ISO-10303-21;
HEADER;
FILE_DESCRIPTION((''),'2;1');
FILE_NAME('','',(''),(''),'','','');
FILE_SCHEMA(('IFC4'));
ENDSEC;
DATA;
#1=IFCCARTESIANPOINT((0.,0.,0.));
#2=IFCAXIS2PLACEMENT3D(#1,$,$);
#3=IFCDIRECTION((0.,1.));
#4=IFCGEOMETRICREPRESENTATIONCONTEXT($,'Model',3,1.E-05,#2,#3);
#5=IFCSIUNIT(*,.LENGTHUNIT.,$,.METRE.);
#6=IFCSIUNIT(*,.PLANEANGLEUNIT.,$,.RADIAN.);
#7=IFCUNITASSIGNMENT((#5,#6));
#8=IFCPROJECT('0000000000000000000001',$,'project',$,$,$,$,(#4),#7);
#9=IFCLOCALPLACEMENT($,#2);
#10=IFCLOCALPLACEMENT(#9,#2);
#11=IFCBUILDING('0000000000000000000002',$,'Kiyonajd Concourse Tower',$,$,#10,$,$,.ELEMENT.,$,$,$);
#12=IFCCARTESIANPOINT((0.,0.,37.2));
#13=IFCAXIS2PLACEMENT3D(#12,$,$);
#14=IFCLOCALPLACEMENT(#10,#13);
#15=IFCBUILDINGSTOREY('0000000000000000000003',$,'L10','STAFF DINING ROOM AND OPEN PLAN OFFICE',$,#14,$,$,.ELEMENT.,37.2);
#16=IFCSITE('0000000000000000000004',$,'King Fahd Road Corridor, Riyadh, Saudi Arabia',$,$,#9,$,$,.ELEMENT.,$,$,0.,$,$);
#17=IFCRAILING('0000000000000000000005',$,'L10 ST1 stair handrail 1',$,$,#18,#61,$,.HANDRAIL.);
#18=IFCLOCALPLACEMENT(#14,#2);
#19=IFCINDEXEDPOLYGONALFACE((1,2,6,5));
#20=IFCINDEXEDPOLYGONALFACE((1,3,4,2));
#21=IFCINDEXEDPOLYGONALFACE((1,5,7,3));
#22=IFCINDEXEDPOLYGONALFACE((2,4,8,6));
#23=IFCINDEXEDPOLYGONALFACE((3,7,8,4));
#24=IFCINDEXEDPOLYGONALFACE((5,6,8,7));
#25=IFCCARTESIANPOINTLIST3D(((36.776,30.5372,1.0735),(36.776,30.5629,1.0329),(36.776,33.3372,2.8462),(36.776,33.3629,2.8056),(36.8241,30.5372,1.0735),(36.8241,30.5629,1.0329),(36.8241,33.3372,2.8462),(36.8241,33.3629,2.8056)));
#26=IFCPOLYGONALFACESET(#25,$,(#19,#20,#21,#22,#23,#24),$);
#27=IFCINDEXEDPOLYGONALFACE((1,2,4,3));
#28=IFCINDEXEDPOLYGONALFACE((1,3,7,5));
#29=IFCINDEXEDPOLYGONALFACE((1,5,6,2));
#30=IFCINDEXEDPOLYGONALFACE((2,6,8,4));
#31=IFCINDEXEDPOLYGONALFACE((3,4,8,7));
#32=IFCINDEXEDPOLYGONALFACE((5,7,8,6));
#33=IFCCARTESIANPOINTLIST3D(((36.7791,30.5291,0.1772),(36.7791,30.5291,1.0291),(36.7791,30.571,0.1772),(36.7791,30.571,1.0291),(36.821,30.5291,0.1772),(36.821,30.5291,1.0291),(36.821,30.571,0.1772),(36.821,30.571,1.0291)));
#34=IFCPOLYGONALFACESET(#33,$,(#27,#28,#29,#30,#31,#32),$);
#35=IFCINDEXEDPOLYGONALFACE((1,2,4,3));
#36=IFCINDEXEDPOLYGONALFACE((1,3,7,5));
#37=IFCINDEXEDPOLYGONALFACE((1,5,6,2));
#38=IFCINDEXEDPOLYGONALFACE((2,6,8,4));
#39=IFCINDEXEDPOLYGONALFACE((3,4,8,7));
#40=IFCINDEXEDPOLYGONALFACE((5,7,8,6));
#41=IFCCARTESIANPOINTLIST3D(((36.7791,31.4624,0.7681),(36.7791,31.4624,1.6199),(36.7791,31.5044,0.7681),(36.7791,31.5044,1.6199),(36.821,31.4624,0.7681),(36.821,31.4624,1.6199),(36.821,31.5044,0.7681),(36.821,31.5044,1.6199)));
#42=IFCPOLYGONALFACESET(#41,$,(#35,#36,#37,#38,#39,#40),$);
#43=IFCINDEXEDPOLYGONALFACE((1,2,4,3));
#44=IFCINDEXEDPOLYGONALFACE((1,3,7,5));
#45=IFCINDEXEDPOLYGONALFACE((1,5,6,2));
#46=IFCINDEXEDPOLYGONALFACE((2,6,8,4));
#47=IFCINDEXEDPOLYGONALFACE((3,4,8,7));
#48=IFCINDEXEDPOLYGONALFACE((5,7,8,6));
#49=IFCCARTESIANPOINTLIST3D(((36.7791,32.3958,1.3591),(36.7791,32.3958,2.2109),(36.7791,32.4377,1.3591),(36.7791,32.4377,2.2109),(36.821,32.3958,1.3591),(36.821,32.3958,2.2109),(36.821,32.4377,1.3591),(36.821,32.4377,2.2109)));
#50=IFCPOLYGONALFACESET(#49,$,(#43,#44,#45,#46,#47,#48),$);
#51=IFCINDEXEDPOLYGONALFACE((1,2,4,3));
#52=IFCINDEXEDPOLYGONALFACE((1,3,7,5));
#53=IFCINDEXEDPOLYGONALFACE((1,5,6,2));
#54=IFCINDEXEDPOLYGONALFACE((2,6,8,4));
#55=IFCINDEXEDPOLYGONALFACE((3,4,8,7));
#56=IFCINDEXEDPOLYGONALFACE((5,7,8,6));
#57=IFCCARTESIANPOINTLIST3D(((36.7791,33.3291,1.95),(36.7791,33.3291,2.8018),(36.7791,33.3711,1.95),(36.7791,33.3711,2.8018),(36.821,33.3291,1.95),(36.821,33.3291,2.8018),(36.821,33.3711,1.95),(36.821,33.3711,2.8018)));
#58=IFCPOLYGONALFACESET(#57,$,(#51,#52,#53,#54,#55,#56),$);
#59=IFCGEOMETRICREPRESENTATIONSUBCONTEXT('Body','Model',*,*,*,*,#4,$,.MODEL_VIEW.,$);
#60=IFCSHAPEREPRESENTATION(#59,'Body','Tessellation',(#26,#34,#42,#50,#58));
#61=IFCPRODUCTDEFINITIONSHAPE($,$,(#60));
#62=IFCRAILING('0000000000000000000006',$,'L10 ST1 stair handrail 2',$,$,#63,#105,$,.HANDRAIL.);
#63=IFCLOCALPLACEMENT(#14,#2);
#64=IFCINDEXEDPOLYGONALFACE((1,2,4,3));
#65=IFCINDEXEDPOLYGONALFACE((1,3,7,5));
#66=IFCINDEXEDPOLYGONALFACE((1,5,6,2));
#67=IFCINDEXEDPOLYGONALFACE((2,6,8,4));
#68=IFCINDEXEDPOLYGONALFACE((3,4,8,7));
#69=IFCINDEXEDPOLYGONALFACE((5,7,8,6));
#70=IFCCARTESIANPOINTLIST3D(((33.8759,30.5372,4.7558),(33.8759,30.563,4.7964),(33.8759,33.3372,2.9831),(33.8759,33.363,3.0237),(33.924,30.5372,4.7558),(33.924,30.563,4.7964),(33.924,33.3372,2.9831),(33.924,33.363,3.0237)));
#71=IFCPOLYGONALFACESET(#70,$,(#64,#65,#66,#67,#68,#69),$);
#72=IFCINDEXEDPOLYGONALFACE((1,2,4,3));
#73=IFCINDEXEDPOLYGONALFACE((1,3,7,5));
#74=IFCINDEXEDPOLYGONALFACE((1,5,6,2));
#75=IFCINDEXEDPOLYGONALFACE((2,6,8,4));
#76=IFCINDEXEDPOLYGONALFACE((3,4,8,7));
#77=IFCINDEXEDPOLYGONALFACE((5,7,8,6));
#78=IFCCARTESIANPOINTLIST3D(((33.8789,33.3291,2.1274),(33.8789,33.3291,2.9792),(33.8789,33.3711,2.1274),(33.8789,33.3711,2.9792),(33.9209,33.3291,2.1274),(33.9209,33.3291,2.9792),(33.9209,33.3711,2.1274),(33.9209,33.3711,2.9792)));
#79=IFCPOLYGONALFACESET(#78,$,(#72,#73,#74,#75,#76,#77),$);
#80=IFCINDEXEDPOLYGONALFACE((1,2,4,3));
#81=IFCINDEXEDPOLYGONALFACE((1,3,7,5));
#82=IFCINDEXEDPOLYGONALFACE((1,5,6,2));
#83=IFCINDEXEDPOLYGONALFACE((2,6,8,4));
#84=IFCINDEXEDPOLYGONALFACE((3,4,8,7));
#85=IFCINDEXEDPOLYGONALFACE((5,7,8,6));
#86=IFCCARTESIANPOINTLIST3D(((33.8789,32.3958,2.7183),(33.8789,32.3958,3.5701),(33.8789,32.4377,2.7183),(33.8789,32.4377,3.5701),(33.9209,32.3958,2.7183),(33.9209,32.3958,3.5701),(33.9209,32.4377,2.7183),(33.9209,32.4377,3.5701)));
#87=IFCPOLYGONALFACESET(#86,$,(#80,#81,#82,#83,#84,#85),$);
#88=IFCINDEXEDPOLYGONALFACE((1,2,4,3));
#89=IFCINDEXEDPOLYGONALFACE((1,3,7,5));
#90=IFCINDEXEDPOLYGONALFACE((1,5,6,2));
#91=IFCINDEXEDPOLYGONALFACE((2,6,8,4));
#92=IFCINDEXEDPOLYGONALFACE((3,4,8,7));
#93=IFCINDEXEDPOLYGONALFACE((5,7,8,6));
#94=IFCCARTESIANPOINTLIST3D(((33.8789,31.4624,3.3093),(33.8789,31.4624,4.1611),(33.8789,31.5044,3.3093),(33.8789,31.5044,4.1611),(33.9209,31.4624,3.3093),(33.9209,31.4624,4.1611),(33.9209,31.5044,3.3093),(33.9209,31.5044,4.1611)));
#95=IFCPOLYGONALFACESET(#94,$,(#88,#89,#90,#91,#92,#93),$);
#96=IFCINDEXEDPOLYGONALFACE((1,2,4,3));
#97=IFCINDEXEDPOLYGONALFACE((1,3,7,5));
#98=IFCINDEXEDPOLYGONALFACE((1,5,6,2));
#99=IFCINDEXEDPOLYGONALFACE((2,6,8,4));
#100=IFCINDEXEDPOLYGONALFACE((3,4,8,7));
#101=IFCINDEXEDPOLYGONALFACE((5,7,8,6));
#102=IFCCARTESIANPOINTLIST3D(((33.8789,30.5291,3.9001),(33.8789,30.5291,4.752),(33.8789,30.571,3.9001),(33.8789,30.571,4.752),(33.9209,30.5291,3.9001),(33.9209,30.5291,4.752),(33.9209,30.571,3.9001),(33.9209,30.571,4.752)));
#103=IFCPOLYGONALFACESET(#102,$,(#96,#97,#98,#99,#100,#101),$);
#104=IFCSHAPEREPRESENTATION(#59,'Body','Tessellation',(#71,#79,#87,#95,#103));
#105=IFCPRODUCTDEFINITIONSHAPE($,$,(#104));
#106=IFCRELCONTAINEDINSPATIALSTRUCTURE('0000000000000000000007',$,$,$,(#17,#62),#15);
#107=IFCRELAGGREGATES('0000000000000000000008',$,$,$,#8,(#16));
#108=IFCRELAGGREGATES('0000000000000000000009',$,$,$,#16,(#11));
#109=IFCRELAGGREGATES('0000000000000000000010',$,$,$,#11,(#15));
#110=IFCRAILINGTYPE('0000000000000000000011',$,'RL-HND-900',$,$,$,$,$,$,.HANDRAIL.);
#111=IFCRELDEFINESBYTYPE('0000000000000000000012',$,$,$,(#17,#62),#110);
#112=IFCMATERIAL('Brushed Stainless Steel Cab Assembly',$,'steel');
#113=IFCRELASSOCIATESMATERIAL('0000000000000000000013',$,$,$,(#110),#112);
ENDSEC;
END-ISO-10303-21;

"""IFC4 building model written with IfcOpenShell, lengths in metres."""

from ifc_helpers import new_model, si_unit, direction, frame, origin, origin_2d, place, context, subcontext, project, spatial, rectangle, extrude, material, type_object, element, save


model = new_model("IFC4")

# Units and contexts
model_context = context("Model", 3, precision=1e-05, world=origin(), true_north=direction((0.0, 1.0)))
body_context = subcontext(model_context, "Body", "Model", "MODEL_VIEW")
ifc_project = project(units=[si_unit("LENGTHUNIT", "METRE"), si_unit("PLANEANGLEUNIT", "RADIAN")], contexts=[model_context])

# Site, building, storey
site_placement = place(None, origin())
site = spatial("IfcSite", under=ifc_project, at=site_placement, Name="King Fahd Road Corridor, Riyadh, Saudi Arabia", CompositionType="ELEMENT", RefElevation=0.0)
building_placement = place(site_placement, origin())
building = spatial("IfcBuilding", under=site, at=building_placement, Name="Kiyonajd Concourse Tower", CompositionType="ELEMENT")
storey_placement = place(building_placement, frame((0.0, 0.0, 37.2)))
storey = spatial("IfcBuildingStorey", under=building, at=storey_placement, Name="L10", Description="STAFF DINING ROOM AND OPEN PLAN OFFICE", CompositionType="ELEMENT", Elevation=37.2)

# Shared definitions
ifc_material_1 = material(Name="Brushed Stainless Steel Cab Assembly", Category="steel")

# Railings
railing_type_1 = type_object("IfcRailingType", Name="RL-HND-900", PredefinedType="HANDRAIL", material=ifc_material_1)
railing_1_placement = place(storey_placement, frame((36.8, 30.55, 0.1772)))
element("IfcRailing", 1, at=railing_1_placement, inside=storey, type_object=railing_type_1, Name="L10 ST1 stair handrail 1", PredefinedType="HANDRAIL", context=body_context, shape_type="SweptSolid", body=[
    extrude(rectangle(XDim=0.0481, YDim=0.0481, at=origin_2d()), frame((0.0, 0.0, 0.876), z_axis=(0.0, 0.844909, 0.53491), x_axis=(-1.0, 0.0, 0.0)), (0.0, 0.0, 1.0), 3.314),
    extrude(rectangle(XDim=0.042, YDim=0.042, at=origin_2d()), origin(), (0.0, 0.0, 1.0), 0.8518),
    extrude(rectangle(XDim=0.042, YDim=0.042, at=origin_2d()), frame((0.0, 0.9333, 0.5908)), (0.0, 0.0, 1.0), 0.8518),
    extrude(rectangle(XDim=0.042, YDim=0.042, at=origin_2d()), frame((0.0, 1.8667, 1.1819)), (0.0, 0.0, 1.0), 0.8518),
    extrude(rectangle(XDim=0.042, YDim=0.042, at=origin_2d()), frame((0.0, 2.8, 1.7727)), (0.0, 0.0, 1.0), 0.8518),
])
railing_2_placement = place(storey_placement, frame((33.8999, 33.3501, 2.1274)))
element("IfcRailing", 2, at=railing_2_placement, inside=storey, type_object=railing_type_1, Name="L10 ST1 stair handrail 2", PredefinedType="HANDRAIL", context=body_context, shape_type="SweptSolid", body=[
    extrude(rectangle(XDim=0.0481, YDim=0.0481, at=origin_2d()), frame((0.0, 0.0, 0.876), z_axis=(0.0, -0.844909, 0.53491), x_axis=(1.0, 0.0, 0.0)), (0.0, 0.0, 1.0), 3.314),
    extrude(rectangle(XDim=0.042, YDim=0.042, at=origin_2d()), origin(), (0.0, 0.0, 1.0), 0.8518),
    extrude(rectangle(XDim=0.042, YDim=0.042, at=origin_2d()), frame((0.0, -0.9333, 0.5908)), (0.0, 0.0, 1.0), 0.8518),
    extrude(rectangle(XDim=0.042, YDim=0.042, at=origin_2d()), frame((0.0, -1.8667, 1.1819)), (0.0, 0.0, 1.0), 0.8518),
    extrude(rectangle(XDim=0.042, YDim=0.042, at=origin_2d()), frame((0.0, -2.8, 1.7727)), (0.0, 0.0, 1.0), 0.8518),
])

save(model, "model.ifc")
